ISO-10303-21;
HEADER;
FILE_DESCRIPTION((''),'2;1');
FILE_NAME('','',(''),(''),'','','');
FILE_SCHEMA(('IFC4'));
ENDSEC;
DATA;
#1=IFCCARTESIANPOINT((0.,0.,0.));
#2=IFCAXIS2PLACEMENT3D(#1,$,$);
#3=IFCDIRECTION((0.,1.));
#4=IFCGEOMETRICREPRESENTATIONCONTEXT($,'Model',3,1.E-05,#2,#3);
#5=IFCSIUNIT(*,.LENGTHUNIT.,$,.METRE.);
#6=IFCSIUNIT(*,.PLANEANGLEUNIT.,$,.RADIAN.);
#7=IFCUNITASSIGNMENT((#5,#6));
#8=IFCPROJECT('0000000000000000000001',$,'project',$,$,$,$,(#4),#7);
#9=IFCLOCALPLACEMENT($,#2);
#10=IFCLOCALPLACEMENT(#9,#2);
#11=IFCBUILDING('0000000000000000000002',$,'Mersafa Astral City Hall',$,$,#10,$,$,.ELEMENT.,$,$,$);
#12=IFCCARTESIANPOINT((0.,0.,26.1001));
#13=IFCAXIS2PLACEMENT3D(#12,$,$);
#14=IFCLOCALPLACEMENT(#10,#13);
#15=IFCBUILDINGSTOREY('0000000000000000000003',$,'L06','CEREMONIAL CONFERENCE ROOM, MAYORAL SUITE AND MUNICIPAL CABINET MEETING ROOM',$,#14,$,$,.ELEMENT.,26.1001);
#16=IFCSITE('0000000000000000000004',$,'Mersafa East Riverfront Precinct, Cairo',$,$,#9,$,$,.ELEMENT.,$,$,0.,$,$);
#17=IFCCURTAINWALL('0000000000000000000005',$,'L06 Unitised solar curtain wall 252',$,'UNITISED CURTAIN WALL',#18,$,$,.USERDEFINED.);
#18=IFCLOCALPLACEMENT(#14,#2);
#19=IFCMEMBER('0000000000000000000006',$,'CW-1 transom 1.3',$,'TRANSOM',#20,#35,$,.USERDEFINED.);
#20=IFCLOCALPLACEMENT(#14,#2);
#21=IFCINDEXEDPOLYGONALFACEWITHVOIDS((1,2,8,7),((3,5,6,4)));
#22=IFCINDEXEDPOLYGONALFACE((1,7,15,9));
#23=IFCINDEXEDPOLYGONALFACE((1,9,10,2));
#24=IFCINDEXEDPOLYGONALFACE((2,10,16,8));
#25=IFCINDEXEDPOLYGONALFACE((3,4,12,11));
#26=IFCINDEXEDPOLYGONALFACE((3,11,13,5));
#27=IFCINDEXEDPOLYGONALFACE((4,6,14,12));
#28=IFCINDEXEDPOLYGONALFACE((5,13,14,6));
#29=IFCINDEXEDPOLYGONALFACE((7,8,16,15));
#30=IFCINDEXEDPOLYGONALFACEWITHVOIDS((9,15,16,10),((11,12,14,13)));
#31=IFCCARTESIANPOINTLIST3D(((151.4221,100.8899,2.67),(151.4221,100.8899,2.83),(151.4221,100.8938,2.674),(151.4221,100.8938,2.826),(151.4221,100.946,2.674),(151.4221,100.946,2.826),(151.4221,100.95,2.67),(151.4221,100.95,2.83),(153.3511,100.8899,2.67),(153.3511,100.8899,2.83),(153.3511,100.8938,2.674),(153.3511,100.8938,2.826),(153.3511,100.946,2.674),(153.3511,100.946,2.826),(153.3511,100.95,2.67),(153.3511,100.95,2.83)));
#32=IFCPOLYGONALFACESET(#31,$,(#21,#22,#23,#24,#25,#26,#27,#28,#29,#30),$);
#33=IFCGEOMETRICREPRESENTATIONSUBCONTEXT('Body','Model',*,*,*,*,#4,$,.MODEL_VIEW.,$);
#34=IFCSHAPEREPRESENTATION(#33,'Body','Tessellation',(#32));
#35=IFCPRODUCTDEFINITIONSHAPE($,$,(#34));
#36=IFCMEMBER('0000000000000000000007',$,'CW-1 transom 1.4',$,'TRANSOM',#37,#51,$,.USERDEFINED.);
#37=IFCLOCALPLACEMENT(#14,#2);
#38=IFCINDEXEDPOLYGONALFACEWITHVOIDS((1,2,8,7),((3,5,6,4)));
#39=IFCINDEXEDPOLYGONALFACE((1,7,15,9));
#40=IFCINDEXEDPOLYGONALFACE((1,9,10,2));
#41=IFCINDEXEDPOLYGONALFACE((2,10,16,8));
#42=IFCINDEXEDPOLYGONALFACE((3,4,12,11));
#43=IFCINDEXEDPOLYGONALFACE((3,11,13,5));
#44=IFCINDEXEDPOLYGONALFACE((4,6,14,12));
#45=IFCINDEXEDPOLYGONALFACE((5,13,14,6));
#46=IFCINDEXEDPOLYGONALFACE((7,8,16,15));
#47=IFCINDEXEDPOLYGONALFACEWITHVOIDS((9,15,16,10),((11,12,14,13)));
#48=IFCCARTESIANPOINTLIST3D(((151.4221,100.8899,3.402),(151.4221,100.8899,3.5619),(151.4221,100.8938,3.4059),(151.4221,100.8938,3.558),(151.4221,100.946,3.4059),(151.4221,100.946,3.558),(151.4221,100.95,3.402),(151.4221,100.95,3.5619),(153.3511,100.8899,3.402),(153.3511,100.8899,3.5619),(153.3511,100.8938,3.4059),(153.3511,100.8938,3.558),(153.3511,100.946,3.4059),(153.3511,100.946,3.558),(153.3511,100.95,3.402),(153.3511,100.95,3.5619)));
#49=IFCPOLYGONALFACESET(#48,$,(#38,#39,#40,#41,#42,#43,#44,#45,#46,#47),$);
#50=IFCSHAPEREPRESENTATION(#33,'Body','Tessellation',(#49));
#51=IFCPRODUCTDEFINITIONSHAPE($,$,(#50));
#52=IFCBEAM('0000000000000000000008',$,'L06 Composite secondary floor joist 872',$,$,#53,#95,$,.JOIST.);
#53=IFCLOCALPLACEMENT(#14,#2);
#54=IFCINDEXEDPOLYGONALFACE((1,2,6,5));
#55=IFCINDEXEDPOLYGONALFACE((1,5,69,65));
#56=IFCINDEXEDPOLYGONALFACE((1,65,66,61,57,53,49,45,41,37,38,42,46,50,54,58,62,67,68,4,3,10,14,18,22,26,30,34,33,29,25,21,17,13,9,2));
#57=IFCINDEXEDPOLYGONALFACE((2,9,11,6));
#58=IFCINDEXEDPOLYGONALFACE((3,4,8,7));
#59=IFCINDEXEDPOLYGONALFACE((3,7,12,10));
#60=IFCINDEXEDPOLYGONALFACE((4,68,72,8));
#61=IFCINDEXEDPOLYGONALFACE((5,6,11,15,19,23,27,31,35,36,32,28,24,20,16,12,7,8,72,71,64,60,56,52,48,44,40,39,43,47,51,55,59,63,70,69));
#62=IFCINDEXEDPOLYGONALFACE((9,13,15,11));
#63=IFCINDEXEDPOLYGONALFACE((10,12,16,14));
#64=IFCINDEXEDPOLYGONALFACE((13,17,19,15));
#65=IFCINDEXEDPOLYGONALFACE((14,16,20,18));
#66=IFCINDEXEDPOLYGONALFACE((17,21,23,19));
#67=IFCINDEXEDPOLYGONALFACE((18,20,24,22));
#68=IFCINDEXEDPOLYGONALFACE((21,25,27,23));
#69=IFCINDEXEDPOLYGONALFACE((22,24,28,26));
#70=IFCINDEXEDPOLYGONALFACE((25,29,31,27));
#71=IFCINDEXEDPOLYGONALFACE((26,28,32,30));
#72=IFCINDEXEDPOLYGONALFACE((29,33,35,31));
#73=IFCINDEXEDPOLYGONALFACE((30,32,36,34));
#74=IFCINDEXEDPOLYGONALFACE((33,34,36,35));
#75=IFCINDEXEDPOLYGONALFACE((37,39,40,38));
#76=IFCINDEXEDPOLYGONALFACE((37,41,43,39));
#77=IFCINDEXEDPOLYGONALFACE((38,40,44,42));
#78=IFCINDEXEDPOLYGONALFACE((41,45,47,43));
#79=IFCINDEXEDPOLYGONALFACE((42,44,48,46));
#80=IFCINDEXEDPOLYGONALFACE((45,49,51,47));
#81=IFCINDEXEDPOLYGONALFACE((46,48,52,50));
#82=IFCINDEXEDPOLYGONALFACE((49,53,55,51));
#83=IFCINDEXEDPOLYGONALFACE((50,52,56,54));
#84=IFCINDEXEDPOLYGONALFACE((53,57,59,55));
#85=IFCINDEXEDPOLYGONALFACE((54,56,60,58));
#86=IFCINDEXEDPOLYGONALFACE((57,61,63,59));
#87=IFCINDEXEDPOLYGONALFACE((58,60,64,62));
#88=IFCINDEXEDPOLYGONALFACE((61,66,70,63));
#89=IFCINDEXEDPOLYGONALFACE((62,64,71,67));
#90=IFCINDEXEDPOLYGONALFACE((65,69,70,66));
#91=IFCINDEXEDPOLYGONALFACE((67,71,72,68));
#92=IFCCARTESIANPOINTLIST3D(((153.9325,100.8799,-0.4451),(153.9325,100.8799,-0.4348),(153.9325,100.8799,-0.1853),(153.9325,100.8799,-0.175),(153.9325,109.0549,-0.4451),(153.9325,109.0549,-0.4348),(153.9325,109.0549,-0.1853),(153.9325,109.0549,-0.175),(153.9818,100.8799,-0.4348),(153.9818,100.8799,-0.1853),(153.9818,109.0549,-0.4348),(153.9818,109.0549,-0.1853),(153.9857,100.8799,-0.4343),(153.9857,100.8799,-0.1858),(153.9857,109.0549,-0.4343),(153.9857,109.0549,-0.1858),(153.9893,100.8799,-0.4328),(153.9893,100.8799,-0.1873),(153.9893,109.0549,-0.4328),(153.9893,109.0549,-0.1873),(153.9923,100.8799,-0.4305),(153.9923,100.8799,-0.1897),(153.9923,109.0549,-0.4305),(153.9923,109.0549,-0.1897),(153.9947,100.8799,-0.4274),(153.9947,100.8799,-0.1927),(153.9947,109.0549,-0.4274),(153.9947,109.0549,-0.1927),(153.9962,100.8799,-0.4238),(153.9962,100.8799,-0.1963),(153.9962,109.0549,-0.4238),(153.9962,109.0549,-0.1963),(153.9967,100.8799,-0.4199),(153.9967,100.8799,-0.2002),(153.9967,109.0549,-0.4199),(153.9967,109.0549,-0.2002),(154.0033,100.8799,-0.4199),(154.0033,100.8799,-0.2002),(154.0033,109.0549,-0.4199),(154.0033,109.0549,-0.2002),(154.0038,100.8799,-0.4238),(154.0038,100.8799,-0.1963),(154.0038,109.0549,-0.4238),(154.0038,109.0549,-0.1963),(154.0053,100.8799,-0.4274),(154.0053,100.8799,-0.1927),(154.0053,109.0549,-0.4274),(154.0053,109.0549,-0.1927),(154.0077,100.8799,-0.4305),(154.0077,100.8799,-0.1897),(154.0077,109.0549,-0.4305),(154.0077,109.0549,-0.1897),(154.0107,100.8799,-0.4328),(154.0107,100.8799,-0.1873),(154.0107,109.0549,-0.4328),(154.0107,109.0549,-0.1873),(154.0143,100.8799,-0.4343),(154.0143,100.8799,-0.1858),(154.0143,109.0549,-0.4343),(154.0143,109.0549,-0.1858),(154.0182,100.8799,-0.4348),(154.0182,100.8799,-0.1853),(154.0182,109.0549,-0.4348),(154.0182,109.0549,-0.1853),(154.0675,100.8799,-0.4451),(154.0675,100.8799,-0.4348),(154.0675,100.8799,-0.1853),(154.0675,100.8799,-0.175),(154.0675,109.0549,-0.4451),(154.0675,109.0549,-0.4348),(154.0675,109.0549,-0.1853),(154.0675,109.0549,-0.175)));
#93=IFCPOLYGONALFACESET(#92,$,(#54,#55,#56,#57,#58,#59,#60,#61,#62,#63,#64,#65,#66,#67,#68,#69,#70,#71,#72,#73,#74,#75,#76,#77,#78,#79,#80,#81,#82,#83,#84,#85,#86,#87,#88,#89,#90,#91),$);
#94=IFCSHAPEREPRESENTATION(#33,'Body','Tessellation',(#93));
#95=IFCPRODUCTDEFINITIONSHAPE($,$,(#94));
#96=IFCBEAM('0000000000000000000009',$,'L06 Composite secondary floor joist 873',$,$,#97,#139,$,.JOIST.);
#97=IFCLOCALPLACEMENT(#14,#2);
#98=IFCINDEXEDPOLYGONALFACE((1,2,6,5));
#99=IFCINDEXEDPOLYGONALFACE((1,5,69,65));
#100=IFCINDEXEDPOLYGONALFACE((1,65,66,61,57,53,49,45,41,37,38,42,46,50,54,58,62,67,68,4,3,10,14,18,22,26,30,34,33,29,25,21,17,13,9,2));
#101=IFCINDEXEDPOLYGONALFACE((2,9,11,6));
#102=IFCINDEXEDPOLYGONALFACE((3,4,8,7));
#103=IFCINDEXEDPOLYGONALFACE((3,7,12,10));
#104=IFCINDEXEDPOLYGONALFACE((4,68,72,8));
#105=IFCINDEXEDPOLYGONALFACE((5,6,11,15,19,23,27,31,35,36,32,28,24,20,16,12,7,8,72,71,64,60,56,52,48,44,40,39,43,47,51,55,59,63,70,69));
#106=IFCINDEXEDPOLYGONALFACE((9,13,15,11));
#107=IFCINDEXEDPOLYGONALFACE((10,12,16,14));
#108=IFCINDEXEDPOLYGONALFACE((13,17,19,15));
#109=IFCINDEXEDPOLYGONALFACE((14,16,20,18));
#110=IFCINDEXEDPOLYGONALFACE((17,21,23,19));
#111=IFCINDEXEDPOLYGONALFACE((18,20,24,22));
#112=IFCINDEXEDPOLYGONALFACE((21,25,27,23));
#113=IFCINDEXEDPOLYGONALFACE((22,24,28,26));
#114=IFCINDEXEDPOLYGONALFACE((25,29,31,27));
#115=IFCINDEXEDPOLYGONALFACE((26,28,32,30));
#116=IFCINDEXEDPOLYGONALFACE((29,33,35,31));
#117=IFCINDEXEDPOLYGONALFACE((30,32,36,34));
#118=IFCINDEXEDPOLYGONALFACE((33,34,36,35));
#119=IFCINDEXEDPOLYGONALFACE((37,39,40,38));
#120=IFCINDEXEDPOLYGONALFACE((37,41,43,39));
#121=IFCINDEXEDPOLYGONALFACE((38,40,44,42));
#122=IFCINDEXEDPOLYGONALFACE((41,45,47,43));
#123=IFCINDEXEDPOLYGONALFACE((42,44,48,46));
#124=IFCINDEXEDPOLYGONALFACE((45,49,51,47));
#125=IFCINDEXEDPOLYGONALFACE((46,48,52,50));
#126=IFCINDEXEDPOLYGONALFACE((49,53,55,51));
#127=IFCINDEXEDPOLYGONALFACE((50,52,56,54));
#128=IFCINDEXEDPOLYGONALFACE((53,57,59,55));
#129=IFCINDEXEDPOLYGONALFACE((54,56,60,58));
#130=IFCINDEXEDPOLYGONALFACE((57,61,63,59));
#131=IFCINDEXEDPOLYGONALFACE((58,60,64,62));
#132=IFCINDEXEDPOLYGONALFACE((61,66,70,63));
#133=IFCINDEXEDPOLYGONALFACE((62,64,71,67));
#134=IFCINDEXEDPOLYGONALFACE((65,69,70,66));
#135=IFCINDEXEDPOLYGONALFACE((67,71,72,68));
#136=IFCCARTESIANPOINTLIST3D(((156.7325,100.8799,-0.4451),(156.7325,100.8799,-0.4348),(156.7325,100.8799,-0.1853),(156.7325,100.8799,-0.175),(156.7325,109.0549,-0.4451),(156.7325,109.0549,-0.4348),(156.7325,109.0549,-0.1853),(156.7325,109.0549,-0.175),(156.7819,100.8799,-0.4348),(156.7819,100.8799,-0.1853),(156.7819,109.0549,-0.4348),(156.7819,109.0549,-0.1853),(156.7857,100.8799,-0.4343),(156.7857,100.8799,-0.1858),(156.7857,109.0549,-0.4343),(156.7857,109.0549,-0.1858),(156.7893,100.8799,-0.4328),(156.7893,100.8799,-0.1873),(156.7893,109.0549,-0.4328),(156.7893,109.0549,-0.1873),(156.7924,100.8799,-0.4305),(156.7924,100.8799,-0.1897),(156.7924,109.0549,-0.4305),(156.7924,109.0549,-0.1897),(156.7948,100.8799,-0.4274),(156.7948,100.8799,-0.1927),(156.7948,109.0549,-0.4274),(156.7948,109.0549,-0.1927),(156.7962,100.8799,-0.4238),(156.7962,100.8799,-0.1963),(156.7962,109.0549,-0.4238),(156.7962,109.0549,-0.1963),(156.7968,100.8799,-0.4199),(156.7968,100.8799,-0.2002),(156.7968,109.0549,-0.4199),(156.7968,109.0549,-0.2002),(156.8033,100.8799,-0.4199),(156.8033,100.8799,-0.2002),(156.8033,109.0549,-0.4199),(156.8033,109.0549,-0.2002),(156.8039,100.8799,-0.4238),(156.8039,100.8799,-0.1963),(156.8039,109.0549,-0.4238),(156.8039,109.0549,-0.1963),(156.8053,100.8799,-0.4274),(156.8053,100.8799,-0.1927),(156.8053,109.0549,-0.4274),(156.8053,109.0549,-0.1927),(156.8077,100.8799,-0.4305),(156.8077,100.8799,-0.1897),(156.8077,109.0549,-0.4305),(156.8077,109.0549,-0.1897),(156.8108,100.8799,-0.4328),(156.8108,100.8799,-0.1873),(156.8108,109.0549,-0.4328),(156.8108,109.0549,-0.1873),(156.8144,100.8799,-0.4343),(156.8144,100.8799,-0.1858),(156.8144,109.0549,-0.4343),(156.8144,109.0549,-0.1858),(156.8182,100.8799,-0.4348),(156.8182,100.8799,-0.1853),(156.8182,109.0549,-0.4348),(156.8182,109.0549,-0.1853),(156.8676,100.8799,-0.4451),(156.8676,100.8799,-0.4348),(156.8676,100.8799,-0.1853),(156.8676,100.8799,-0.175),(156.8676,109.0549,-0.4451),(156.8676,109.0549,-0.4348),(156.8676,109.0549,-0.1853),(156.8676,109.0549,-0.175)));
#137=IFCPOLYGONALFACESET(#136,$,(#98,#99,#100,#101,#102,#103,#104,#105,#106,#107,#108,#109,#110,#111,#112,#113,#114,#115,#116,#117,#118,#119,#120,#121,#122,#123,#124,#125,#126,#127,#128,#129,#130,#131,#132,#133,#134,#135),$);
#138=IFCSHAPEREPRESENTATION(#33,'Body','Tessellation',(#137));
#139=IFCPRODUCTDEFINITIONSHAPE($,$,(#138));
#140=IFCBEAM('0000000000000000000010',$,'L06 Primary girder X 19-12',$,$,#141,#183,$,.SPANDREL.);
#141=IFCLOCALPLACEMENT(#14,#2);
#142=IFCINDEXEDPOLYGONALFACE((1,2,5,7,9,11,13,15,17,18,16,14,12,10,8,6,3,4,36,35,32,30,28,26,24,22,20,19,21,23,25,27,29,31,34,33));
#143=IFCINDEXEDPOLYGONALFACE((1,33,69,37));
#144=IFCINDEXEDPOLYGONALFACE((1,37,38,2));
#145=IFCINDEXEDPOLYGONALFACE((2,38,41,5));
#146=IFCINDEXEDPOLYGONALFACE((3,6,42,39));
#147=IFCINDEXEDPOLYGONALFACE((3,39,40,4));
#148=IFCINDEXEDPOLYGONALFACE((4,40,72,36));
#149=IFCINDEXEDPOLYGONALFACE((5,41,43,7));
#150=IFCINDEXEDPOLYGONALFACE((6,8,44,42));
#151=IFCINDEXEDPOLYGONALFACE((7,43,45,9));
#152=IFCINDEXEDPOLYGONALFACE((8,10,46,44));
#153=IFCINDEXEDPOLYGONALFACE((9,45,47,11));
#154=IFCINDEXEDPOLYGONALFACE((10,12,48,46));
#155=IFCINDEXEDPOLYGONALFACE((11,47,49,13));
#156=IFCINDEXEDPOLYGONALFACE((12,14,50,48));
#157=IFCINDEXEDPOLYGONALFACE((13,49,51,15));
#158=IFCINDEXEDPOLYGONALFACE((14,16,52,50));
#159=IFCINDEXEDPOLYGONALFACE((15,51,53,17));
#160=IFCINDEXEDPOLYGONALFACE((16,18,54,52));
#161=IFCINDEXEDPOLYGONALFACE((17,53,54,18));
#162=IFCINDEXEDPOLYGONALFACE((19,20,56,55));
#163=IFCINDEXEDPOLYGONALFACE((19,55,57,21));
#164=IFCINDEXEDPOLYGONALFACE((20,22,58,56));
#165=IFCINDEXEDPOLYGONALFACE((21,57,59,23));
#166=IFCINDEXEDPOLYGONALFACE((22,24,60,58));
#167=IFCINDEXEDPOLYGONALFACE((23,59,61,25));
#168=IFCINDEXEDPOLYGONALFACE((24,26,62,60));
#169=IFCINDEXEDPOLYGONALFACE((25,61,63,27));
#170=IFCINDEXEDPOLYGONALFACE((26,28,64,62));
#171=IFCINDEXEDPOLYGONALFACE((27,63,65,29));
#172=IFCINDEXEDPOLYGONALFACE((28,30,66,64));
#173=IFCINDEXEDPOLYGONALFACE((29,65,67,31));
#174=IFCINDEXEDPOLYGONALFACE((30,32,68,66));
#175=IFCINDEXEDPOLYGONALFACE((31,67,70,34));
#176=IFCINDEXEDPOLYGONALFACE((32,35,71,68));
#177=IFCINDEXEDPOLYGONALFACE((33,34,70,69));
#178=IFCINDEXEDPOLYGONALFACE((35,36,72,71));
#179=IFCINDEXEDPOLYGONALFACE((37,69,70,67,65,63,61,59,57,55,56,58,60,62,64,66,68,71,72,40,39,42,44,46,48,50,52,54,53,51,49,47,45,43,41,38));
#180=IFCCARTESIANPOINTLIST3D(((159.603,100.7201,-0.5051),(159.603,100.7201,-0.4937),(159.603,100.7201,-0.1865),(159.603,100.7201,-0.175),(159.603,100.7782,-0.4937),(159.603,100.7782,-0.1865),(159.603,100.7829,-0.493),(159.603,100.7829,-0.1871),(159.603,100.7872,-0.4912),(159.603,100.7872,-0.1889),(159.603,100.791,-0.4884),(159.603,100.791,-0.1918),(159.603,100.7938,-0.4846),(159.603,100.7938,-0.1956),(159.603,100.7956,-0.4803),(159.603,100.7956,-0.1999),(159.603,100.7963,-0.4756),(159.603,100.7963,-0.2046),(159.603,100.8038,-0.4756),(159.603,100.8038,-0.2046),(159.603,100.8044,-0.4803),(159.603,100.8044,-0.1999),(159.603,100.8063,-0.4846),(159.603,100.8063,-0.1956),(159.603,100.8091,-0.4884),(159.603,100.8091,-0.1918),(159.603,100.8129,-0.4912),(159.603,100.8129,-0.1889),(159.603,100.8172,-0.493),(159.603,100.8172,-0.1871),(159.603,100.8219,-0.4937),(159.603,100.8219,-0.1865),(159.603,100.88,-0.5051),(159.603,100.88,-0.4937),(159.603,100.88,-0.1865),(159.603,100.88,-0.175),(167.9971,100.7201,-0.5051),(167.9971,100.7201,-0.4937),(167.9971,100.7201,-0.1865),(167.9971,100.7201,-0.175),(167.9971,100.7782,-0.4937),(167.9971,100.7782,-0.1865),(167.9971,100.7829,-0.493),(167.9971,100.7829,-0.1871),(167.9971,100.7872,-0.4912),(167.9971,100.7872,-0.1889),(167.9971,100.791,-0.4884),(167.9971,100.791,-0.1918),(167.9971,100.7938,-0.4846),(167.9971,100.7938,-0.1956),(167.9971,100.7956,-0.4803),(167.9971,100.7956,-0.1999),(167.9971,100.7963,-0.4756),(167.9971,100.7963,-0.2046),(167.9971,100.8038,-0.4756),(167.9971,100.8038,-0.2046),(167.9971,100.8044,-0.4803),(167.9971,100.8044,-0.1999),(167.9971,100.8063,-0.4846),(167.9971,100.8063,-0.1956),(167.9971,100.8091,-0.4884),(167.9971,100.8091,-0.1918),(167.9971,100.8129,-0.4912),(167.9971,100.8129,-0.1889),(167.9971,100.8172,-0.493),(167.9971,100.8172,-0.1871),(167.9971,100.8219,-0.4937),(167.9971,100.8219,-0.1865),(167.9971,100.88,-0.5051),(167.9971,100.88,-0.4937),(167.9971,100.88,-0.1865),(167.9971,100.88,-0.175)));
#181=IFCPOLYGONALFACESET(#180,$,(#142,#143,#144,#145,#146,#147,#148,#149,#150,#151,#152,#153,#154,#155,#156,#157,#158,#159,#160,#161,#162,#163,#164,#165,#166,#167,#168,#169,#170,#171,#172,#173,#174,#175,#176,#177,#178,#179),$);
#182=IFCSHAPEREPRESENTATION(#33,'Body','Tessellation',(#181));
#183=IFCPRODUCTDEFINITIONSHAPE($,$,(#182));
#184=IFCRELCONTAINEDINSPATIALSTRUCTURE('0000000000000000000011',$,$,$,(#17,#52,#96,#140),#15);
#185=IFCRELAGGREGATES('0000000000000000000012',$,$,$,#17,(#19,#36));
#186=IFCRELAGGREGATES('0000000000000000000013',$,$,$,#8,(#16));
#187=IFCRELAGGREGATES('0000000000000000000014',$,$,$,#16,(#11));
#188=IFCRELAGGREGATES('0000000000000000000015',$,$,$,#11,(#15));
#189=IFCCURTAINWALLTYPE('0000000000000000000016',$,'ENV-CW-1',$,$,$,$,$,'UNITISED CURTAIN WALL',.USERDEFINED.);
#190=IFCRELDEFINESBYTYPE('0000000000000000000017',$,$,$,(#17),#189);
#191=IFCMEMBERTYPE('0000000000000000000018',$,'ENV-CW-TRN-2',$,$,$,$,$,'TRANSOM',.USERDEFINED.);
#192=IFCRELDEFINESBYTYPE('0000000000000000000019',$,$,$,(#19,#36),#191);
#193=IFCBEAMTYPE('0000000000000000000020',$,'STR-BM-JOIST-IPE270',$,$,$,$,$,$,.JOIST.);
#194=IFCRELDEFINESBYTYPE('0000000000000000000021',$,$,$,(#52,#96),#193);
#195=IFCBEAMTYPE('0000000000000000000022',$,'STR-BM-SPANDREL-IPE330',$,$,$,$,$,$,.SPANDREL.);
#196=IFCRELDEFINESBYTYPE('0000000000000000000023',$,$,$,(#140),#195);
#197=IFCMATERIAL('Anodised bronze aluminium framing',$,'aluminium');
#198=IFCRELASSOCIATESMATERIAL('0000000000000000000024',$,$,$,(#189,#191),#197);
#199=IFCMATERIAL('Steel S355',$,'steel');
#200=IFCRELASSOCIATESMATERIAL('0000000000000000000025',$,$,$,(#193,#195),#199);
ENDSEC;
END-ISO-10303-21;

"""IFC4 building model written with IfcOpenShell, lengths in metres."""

from ifc_helpers import new_model, si_unit, direction, frame, origin, origin_2d, place, context, subcontext, project, spatial, hollow_rectangle, i_section, extrude, material, material_profile, profile_set, type_object, element, aggregate, save


model = new_model("IFC4")

# Units and contexts
model_context = context("Model", 3, precision=1e-05, world=origin(), true_north=direction((0.0, 1.0)))
body_context = subcontext(model_context, "Body", "Model", "MODEL_VIEW")
ifc_project = project(units=[si_unit("LENGTHUNIT", "METRE"), si_unit("PLANEANGLEUNIT", "RADIAN")], contexts=[model_context])

# Site, building, storey
site_placement = place(None, origin())
site = spatial("IfcSite", under=ifc_project, at=site_placement, Name="Mersafa East Riverfront Precinct, Cairo", CompositionType="ELEMENT", RefElevation=0.0)
building_placement = place(site_placement, origin())
building = spatial("IfcBuilding", under=site, at=building_placement, Name="Mersafa Astral City Hall", CompositionType="ELEMENT")
storey_placement = place(building_placement, frame((0.0, 0.0, 26.1001)))
storey = spatial("IfcBuildingStorey", under=building, at=storey_placement, Name="L06", Description="CEREMONIAL CONFERENCE ROOM, MAYORAL SUITE AND MUNICIPAL CABINET MEETING ROOM", CompositionType="ELEMENT", Elevation=26.1001)

# Shared definitions
ifc_material_1 = material(Name="Steel S355", Category="steel")

# Curtain wall
ifc_material_2 = material(Name="Anodised bronze aluminium framing", Category="aluminium")
curtain_wall_type_1 = type_object("IfcCurtainWallType", Name="ENV-CW-1", ElementType="UNITISED CURTAIN WALL", PredefinedType="USERDEFINED", material=ifc_material_2)
curtain_wall_1_placement = place(storey_placement, origin())
curtain_wall_1 = element("IfcCurtainWall", 1, at=curtain_wall_1_placement, inside=storey, type_object=curtain_wall_type_1, Name="L06 Unitised solar curtain wall 252", ObjectType="UNITISED CURTAIN WALL", PredefinedType="USERDEFINED")

# Members
ifc_material_profile_1 = material_profile(ifc_material_2, hollow_rectangle(XDim=0.0601, YDim=0.1599, WallThickness=0.0039, at=origin_2d()), Name="RHS 60x160x4")
ifc_profile_set_1 = profile_set([ifc_material_profile_1], Name="Anodised bronze aluminium framing")
member_type_1 = type_object("IfcMemberType", Name="ENV-CW-TRN-2", ElementType="TRANSOM", PredefinedType="USERDEFINED", material=ifc_profile_set_1)
member_1_placement = place(storey_placement, frame((151.4221, 100.9199, 2.75), z_axis=(1.0, 0.0, 0.0), x_axis=(0.0, 1.0, 0.0)))
member_1 = element("IfcMember", 2, at=member_1_placement, type_object=member_type_1, Name="CW-1 transom 1.3", ObjectType="TRANSOM", PredefinedType="USERDEFINED", context=body_context, shape_type="SweptSolid", body=[
    extrude(hollow_rectangle(XDim=0.0601, YDim=0.1599, WallThickness=0.0039, at=origin_2d()), origin(), (0.0, 0.0, 1.0), 1.929),
])
member_2_placement = place(storey_placement, frame((151.4221, 100.9199, 3.4819), z_axis=(1.0, 0.0, 0.0), x_axis=(0.0, 1.0, 0.0)))
member_2 = element("IfcMember", 3, at=member_2_placement, type_object=member_type_1, Name="CW-1 transom 1.4", ObjectType="TRANSOM", PredefinedType="USERDEFINED", context=body_context, shape_type="SweptSolid", body=[
    extrude(hollow_rectangle(XDim=0.0601, YDim=0.1599, WallThickness=0.0039, at=origin_2d()), origin(), (0.0, 0.0, 1.0), 1.929),
])

# Beams
ifc_material_profile_2 = material_profile(ifc_material_1, i_section(OverallWidth=0.135, OverallDepth=0.27, WebThickness=0.0066, FlangeThickness=0.0103, FilletRadius=0.0149, at=origin_2d()), Name="IPE 270")
ifc_profile_set_2 = profile_set([ifc_material_profile_2], Name="Steel S355")
beam_type_1 = type_object("IfcBeamType", Name="STR-BM-JOIST-IPE270", PredefinedType="JOIST", material=ifc_profile_set_2)
for number, where, z_axis, x_axis, name in (
    (4, (154.0, 100.8799, -0.3101), (0.0, 1.0, 0.0), (-1.0, 0.0, 0.0), "L06 Composite secondary floor joist 872"),
    (5, (156.8, 100.8799, -0.3101), (0.0, 1.0, 0.0), (-1.0, 0.0, 0.0), "L06 Composite secondary floor joist 873"),
):
    element("IfcBeam", number, at=place(storey_placement, frame(where, z_axis=z_axis, x_axis=x_axis)), inside=storey, type_object=beam_type_1, Name=name, PredefinedType="JOIST", context=body_context, shape_type="SweptSolid", body=[
        extrude(i_section(OverallWidth=0.135, OverallDepth=0.27, WebThickness=0.0066, FlangeThickness=0.0103, FilletRadius=0.0149, at=origin_2d()), origin(), (0.0, 0.0, 1.0), 8.175),
    ])
ifc_material_profile_3 = material_profile(ifc_material_1, i_section(OverallWidth=0.1599, OverallDepth=0.3301, WebThickness=0.0076, FlangeThickness=0.0115, FilletRadius=0.0181, at=origin_2d()), Name="IPE 330")
ifc_profile_set_3 = profile_set([ifc_material_profile_3], Name="Steel S355")
beam_type_2 = type_object("IfcBeamType", Name="STR-BM-SPANDREL-IPE330", PredefinedType="SPANDREL", material=ifc_profile_set_3)
beam_1_placement = place(storey_placement, frame((159.603, 100.8, -0.3401), z_axis=(1.0, 0.0, 0.0), x_axis=(0.0, 1.0, 0.0)))
element("IfcBeam", 6, at=beam_1_placement, inside=storey, type_object=beam_type_2, Name="L06 Primary girder X 19-12", PredefinedType="SPANDREL", context=body_context, shape_type="SweptSolid", body=[
    extrude(i_section(OverallWidth=0.1599, OverallDepth=0.3301, WebThickness=0.0076, FlangeThickness=0.0115, FilletRadius=0.0181, at=origin_2d()), origin(), (0.0, 0.0, 1.0), 8.394),
])

aggregate(curtain_wall_1, [member_1, member_2])

save(model, "model.ifc")
